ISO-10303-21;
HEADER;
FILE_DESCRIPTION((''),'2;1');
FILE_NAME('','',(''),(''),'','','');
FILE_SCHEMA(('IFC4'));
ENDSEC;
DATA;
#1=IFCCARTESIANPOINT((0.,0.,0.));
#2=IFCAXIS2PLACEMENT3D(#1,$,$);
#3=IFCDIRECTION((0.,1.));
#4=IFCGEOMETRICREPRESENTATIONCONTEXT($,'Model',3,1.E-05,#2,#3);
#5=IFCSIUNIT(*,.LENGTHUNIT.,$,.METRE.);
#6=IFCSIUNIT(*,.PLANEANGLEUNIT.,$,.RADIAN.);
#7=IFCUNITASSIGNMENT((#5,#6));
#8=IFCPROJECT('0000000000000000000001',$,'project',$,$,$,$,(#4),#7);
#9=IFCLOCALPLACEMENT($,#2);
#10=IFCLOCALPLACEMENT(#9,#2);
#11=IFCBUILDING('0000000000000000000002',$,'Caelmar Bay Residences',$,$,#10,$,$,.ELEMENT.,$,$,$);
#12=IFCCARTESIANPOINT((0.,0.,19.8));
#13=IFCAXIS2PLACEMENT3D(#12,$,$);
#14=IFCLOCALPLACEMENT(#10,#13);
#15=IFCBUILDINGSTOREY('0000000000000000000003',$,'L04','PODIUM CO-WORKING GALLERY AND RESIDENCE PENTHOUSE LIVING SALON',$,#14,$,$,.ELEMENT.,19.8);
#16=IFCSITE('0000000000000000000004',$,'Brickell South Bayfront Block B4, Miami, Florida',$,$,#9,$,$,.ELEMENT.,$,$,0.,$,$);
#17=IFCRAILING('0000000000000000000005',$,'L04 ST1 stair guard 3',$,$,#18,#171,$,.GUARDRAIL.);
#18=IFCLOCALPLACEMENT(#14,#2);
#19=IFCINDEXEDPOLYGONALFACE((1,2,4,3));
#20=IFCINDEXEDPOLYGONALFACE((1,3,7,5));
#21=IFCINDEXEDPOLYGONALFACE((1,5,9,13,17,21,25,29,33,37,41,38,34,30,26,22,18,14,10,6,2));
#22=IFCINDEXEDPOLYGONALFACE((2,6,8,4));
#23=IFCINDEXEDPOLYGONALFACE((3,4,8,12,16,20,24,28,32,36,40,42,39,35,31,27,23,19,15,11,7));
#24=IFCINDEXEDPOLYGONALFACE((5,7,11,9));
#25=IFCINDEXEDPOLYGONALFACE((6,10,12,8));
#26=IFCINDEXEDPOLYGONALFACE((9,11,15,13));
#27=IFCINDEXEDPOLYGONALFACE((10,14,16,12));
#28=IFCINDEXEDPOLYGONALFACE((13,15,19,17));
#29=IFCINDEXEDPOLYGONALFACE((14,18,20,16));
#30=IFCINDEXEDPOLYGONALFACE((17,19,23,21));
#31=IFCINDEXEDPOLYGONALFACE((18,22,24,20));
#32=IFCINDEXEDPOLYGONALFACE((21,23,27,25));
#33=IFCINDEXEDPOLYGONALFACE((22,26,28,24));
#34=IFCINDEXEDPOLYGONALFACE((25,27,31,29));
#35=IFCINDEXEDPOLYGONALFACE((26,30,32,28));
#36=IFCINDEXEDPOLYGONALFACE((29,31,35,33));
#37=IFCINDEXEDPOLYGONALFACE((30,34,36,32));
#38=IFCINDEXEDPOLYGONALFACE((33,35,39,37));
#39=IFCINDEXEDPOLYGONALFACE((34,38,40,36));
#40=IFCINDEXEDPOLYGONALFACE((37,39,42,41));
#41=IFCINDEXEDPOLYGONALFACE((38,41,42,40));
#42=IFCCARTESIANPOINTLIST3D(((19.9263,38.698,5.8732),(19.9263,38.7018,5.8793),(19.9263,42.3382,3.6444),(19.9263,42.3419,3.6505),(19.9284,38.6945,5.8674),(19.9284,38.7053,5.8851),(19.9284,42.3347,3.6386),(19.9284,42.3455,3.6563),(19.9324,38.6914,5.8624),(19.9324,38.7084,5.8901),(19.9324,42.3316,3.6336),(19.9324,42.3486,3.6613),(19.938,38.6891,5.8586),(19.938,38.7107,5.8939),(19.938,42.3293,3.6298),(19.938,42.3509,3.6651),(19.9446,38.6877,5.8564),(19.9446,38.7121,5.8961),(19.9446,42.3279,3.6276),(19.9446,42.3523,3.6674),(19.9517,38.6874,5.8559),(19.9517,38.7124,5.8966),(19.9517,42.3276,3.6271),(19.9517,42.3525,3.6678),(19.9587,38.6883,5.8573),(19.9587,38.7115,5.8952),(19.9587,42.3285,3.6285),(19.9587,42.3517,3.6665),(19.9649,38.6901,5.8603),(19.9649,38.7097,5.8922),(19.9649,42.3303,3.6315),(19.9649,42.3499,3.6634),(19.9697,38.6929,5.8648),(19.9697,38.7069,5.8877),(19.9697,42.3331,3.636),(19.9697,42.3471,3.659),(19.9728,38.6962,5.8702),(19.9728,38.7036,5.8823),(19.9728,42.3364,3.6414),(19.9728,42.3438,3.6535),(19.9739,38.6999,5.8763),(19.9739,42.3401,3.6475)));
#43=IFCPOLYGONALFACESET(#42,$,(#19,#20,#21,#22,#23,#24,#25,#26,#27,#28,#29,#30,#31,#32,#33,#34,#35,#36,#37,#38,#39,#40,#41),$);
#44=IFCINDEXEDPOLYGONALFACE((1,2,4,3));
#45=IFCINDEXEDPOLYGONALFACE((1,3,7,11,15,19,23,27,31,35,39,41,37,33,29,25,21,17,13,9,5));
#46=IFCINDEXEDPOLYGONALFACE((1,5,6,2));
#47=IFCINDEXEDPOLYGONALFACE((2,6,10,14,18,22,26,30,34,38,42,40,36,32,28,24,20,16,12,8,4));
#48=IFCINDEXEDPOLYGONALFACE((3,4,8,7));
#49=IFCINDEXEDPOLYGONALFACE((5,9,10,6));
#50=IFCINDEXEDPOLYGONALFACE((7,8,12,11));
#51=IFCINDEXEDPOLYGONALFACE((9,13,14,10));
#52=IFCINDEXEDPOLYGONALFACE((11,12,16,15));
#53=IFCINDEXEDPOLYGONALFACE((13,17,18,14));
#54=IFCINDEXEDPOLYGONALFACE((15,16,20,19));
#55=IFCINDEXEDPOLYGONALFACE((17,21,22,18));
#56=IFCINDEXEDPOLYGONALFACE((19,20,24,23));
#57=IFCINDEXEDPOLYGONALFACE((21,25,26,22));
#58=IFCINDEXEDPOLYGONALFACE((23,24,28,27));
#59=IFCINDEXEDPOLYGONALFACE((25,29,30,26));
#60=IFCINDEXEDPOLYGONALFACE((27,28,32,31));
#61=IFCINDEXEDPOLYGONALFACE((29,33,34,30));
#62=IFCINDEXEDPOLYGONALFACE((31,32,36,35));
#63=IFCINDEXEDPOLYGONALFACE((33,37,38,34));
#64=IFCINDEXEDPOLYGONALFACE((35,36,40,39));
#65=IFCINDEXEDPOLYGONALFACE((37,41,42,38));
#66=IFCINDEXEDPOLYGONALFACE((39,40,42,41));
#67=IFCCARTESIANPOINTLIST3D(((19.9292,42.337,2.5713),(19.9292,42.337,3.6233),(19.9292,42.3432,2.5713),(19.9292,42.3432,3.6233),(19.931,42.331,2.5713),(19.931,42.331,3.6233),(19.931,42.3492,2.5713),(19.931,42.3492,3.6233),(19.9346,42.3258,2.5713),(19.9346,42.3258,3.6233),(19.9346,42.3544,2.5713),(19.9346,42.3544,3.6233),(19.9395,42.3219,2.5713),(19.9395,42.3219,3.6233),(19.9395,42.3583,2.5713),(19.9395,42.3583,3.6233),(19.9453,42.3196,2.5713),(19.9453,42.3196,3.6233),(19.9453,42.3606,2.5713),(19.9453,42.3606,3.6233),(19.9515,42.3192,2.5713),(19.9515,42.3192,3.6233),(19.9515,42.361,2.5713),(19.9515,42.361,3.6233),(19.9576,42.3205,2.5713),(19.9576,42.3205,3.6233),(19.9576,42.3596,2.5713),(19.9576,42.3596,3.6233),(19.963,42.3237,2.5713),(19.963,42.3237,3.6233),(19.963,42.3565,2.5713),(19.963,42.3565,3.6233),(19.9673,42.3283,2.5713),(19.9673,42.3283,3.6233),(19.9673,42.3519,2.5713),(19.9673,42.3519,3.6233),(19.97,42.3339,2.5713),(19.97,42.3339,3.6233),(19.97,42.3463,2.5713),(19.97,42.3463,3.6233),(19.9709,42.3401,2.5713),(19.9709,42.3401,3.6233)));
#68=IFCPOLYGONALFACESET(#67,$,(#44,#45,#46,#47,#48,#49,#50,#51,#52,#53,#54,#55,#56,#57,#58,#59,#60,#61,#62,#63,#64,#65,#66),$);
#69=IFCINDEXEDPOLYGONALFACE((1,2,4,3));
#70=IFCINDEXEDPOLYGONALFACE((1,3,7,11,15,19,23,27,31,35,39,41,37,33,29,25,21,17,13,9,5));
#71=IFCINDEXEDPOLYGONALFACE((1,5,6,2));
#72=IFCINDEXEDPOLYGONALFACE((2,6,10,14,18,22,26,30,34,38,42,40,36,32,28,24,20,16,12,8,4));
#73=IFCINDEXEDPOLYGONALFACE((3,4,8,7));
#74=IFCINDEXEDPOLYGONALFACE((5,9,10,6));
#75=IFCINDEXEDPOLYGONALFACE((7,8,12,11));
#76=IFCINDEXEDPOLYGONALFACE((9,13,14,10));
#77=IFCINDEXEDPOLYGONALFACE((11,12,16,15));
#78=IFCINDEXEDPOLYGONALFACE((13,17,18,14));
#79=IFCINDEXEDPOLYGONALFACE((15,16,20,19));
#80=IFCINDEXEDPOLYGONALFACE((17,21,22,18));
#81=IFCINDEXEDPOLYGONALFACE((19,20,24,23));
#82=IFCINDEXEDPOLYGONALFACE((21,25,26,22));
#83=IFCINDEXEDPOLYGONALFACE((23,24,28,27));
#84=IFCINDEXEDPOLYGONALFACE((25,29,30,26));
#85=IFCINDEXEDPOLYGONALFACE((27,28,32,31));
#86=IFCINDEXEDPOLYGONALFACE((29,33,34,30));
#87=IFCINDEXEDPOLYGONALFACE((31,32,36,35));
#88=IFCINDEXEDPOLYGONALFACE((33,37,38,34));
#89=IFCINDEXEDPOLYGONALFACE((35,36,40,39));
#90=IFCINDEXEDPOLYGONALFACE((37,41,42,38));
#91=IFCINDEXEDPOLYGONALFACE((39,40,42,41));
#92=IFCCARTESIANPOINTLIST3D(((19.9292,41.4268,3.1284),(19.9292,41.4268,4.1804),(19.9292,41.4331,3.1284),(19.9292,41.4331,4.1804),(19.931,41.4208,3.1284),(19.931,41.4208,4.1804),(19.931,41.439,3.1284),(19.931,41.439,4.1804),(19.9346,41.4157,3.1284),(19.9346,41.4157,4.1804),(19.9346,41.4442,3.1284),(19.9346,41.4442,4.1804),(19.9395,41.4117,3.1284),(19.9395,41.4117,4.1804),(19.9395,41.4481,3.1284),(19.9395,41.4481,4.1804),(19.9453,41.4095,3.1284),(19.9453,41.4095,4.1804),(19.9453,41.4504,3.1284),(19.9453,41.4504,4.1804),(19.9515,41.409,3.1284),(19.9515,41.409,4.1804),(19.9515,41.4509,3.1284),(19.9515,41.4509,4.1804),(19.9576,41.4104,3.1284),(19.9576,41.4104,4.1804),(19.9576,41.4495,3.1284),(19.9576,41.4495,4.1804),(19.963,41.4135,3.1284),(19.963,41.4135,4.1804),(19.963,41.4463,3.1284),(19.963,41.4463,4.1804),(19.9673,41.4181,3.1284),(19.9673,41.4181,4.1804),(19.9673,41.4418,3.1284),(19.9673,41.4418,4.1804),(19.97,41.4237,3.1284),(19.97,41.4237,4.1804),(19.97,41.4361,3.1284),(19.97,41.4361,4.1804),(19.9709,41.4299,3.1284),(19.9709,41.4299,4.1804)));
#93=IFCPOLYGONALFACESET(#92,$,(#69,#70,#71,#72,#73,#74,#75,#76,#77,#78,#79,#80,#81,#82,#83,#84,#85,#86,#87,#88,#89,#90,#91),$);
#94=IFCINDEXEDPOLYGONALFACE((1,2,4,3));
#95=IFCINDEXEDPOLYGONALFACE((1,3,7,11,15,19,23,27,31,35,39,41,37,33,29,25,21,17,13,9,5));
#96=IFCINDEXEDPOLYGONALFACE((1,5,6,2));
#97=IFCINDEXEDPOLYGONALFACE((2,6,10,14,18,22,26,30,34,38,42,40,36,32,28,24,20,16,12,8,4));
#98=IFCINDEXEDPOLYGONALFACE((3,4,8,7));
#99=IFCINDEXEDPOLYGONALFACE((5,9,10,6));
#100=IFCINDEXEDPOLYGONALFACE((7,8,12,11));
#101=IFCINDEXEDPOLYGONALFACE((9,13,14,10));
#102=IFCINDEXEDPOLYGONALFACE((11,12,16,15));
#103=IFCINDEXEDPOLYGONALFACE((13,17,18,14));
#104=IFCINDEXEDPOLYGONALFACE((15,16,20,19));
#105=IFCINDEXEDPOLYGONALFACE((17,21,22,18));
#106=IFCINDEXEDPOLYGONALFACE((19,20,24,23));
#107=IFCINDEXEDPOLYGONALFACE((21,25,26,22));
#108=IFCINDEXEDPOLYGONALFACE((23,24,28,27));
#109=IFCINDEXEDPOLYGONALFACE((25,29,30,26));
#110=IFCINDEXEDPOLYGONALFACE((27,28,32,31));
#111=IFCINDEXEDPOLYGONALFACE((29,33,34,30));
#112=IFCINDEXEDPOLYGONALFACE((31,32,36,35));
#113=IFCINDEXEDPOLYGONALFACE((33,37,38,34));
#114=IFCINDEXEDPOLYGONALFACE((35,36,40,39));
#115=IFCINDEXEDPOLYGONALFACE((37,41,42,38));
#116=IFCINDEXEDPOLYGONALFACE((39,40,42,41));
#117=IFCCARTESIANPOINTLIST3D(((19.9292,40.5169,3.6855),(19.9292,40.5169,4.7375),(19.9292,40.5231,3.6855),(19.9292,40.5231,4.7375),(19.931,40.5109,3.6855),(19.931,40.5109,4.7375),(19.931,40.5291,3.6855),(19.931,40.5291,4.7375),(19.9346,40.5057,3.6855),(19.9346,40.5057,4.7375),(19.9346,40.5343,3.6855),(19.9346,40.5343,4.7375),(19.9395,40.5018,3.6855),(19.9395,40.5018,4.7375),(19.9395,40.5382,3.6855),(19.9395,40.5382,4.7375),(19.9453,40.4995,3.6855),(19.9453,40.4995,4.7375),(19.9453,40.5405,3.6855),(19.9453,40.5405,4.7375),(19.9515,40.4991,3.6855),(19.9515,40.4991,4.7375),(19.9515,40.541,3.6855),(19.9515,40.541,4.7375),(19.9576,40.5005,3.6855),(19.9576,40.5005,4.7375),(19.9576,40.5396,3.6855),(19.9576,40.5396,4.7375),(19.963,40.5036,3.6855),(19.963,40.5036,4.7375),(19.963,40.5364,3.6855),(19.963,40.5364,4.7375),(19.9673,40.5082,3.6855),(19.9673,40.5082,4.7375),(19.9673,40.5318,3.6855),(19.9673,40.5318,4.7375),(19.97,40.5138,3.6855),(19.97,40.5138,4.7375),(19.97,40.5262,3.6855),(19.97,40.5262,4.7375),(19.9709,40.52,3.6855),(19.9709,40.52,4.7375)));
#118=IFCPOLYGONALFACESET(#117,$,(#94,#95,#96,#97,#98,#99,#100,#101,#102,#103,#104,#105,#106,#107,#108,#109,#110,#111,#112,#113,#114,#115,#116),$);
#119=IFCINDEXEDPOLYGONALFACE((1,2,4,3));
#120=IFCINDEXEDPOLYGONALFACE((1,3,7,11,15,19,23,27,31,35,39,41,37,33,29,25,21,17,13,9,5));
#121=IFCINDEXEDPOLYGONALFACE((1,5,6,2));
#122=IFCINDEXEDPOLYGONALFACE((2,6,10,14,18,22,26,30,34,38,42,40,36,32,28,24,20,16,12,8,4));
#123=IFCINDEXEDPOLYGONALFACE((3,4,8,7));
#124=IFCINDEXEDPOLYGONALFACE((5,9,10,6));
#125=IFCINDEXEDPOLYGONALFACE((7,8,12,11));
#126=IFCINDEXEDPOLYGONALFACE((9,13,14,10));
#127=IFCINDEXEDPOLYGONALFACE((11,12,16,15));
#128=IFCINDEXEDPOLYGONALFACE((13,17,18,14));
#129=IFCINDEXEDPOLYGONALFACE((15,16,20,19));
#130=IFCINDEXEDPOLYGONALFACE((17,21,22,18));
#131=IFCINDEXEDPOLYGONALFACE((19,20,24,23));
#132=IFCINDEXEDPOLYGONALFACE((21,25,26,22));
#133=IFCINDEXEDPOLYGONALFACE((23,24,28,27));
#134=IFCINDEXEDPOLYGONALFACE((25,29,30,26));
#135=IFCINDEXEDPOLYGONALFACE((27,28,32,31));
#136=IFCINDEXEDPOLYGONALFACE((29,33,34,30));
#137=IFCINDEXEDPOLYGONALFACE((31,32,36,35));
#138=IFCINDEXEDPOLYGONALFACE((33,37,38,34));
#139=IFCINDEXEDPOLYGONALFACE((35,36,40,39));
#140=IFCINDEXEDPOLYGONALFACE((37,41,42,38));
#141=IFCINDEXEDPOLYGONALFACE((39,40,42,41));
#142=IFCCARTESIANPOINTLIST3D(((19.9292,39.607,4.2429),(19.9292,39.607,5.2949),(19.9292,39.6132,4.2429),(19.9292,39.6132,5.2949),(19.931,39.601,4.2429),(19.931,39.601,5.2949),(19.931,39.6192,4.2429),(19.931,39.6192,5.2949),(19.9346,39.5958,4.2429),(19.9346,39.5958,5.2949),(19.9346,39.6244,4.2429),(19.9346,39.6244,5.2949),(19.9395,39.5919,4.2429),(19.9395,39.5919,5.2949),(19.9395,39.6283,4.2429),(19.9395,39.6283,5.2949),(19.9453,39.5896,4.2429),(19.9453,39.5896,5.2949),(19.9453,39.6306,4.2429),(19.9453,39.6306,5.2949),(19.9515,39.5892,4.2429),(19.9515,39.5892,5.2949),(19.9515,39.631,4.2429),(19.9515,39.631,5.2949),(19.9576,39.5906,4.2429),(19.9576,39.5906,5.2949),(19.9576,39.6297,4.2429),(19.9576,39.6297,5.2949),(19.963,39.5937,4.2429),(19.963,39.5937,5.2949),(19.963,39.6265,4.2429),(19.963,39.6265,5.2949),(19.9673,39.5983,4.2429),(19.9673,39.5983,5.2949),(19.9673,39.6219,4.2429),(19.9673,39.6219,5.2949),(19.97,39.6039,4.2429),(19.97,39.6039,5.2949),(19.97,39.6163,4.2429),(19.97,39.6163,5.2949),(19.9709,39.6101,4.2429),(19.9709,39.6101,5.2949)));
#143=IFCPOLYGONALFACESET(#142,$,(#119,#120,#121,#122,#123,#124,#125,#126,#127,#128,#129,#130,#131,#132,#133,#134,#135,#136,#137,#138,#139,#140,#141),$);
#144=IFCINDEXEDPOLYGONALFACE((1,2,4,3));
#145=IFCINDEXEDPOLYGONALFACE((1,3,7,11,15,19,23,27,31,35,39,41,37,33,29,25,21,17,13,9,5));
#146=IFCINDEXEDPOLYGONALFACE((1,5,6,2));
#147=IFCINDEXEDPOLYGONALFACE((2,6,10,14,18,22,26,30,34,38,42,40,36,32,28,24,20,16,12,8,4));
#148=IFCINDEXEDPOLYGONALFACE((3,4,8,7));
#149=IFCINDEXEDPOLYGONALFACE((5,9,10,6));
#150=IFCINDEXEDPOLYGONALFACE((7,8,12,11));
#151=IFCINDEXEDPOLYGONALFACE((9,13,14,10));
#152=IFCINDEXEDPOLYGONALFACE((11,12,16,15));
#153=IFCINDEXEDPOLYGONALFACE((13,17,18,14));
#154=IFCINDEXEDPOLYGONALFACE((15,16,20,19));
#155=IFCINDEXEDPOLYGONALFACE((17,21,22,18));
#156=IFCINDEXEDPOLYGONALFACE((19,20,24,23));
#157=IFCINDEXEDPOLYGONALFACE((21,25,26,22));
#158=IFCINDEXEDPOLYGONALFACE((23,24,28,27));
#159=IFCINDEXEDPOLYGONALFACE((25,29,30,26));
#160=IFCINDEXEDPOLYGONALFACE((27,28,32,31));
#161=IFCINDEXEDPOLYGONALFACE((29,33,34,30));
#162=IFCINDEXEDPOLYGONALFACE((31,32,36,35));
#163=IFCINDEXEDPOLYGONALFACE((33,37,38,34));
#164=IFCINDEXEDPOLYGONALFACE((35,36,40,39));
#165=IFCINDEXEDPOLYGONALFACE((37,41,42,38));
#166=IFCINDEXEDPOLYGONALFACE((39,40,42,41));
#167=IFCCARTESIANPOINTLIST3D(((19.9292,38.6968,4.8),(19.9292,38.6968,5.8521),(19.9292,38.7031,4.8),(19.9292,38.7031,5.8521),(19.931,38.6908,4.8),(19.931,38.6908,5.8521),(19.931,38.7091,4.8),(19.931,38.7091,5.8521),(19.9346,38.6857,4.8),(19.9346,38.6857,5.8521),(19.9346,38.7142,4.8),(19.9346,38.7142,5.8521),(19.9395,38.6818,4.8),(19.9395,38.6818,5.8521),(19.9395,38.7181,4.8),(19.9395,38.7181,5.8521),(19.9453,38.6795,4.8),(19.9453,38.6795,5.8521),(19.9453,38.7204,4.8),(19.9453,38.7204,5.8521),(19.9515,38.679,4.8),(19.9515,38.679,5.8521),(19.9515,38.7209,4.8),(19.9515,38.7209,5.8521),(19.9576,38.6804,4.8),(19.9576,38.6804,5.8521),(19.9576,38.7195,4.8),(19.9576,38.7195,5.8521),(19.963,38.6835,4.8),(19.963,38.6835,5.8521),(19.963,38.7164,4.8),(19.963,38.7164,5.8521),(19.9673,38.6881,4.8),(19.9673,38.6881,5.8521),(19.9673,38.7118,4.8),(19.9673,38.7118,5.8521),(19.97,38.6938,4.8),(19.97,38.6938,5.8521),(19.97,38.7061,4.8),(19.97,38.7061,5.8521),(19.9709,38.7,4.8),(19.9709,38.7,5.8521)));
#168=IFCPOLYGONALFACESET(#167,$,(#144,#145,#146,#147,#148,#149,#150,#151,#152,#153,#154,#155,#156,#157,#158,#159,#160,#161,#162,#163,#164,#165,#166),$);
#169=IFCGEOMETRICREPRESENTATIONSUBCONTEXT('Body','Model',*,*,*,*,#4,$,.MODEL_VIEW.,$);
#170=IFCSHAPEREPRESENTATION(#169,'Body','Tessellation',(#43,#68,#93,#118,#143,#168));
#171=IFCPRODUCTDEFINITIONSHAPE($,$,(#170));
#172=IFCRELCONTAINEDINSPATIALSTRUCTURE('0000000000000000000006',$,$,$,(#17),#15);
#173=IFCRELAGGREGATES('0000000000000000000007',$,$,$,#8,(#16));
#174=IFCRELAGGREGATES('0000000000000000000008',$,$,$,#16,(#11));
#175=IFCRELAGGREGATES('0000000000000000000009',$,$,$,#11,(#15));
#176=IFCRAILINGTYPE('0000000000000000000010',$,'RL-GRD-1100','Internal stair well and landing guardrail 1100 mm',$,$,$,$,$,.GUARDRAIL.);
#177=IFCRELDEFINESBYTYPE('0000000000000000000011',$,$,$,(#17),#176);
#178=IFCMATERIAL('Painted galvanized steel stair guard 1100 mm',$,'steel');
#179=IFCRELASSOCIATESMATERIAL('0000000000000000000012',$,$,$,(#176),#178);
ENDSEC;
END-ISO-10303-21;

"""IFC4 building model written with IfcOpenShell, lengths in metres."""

from ifc_helpers import new_model, si_unit, direction, frame, origin, origin_2d, place, context, subcontext, project, spatial, circle, extrude, material, type_object, element, save


model = new_model("IFC4")

# Units and contexts
model_context = context("Model", 3, precision=1e-05, world=origin(), true_north=direction((0.0, 1.0)))
body_context = subcontext(model_context, "Body", "Model", "MODEL_VIEW")
ifc_project = project(units=[si_unit("LENGTHUNIT", "METRE"), si_unit("PLANEANGLEUNIT", "RADIAN")], contexts=[model_context])

# Site, building, storey
site_placement = place(None, origin())
site = spatial("IfcSite", under=ifc_project, at=site_placement, Name="Brickell South Bayfront Block B4, Miami, Florida", CompositionType="ELEMENT", RefElevation=0.0)
building_placement = place(site_placement, origin())
building = spatial("IfcBuilding", under=site, at=building_placement, Name="Caelmar Bay Residences", CompositionType="ELEMENT")
storey_placement = place(building_placement, frame((0.0, 0.0, 19.8)))
storey = spatial("IfcBuildingStorey", under=building, at=storey_placement, Name="L04", Description="PODIUM CO-WORKING GALLERY AND RESIDENCE PENTHOUSE LIVING SALON", CompositionType="ELEMENT", Elevation=19.8)

# Railing
ifc_material_1 = material(Name="Painted galvanized steel stair guard 1100 mm", Category="steel")
railing_type_1 = type_object("IfcRailingType", Name="RL-GRD-1100", Description="Internal stair well and landing guardrail 1100 mm", PredefinedType="GUARDRAIL", material=ifc_material_1)
railing_1_placement = place(storey_placement, frame((19.95, 42.3401, 2.5713)))
element("IfcRailing", 1, at=railing_1_placement, inside=storey, type_object=railing_type_1, Name="L04 ST1 stair guard 3", PredefinedType="GUARDRAIL", context=body_context, shape_type="SweptSolid", body=[
    extrude(circle(Radius=0.0239, at=origin_2d()), frame((0.0, 0.0, 1.0762), z_axis=(0.0, -0.85284, 0.522172), x_axis=(1.0, 0.0, 0.0)), (0.0, 0.0, 1.0), 4.2683),
    extrude(circle(Radius=0.021, at=origin_2d()), origin(), (0.0, 0.0, 1.0), 1.052),
    extrude(circle(Radius=0.021, at=origin_2d()), frame((0.0, -0.9102, 0.5571)), (0.0, 0.0, 1.0), 1.052),
    extrude(circle(Radius=0.021, at=origin_2d()), frame((0.0, -1.8201, 1.1143)), (0.0, 0.0, 1.0), 1.052),
    extrude(circle(Radius=0.021, at=origin_2d()), frame((0.0, -2.73, 1.6716)), (0.0, 0.0, 1.0), 1.052),
    extrude(circle(Radius=0.021, at=origin_2d()), frame((0.0, -3.6401, 2.2288)), (0.0, 0.0, 1.0), 1.052),
])

save(model, "model.ifc")
